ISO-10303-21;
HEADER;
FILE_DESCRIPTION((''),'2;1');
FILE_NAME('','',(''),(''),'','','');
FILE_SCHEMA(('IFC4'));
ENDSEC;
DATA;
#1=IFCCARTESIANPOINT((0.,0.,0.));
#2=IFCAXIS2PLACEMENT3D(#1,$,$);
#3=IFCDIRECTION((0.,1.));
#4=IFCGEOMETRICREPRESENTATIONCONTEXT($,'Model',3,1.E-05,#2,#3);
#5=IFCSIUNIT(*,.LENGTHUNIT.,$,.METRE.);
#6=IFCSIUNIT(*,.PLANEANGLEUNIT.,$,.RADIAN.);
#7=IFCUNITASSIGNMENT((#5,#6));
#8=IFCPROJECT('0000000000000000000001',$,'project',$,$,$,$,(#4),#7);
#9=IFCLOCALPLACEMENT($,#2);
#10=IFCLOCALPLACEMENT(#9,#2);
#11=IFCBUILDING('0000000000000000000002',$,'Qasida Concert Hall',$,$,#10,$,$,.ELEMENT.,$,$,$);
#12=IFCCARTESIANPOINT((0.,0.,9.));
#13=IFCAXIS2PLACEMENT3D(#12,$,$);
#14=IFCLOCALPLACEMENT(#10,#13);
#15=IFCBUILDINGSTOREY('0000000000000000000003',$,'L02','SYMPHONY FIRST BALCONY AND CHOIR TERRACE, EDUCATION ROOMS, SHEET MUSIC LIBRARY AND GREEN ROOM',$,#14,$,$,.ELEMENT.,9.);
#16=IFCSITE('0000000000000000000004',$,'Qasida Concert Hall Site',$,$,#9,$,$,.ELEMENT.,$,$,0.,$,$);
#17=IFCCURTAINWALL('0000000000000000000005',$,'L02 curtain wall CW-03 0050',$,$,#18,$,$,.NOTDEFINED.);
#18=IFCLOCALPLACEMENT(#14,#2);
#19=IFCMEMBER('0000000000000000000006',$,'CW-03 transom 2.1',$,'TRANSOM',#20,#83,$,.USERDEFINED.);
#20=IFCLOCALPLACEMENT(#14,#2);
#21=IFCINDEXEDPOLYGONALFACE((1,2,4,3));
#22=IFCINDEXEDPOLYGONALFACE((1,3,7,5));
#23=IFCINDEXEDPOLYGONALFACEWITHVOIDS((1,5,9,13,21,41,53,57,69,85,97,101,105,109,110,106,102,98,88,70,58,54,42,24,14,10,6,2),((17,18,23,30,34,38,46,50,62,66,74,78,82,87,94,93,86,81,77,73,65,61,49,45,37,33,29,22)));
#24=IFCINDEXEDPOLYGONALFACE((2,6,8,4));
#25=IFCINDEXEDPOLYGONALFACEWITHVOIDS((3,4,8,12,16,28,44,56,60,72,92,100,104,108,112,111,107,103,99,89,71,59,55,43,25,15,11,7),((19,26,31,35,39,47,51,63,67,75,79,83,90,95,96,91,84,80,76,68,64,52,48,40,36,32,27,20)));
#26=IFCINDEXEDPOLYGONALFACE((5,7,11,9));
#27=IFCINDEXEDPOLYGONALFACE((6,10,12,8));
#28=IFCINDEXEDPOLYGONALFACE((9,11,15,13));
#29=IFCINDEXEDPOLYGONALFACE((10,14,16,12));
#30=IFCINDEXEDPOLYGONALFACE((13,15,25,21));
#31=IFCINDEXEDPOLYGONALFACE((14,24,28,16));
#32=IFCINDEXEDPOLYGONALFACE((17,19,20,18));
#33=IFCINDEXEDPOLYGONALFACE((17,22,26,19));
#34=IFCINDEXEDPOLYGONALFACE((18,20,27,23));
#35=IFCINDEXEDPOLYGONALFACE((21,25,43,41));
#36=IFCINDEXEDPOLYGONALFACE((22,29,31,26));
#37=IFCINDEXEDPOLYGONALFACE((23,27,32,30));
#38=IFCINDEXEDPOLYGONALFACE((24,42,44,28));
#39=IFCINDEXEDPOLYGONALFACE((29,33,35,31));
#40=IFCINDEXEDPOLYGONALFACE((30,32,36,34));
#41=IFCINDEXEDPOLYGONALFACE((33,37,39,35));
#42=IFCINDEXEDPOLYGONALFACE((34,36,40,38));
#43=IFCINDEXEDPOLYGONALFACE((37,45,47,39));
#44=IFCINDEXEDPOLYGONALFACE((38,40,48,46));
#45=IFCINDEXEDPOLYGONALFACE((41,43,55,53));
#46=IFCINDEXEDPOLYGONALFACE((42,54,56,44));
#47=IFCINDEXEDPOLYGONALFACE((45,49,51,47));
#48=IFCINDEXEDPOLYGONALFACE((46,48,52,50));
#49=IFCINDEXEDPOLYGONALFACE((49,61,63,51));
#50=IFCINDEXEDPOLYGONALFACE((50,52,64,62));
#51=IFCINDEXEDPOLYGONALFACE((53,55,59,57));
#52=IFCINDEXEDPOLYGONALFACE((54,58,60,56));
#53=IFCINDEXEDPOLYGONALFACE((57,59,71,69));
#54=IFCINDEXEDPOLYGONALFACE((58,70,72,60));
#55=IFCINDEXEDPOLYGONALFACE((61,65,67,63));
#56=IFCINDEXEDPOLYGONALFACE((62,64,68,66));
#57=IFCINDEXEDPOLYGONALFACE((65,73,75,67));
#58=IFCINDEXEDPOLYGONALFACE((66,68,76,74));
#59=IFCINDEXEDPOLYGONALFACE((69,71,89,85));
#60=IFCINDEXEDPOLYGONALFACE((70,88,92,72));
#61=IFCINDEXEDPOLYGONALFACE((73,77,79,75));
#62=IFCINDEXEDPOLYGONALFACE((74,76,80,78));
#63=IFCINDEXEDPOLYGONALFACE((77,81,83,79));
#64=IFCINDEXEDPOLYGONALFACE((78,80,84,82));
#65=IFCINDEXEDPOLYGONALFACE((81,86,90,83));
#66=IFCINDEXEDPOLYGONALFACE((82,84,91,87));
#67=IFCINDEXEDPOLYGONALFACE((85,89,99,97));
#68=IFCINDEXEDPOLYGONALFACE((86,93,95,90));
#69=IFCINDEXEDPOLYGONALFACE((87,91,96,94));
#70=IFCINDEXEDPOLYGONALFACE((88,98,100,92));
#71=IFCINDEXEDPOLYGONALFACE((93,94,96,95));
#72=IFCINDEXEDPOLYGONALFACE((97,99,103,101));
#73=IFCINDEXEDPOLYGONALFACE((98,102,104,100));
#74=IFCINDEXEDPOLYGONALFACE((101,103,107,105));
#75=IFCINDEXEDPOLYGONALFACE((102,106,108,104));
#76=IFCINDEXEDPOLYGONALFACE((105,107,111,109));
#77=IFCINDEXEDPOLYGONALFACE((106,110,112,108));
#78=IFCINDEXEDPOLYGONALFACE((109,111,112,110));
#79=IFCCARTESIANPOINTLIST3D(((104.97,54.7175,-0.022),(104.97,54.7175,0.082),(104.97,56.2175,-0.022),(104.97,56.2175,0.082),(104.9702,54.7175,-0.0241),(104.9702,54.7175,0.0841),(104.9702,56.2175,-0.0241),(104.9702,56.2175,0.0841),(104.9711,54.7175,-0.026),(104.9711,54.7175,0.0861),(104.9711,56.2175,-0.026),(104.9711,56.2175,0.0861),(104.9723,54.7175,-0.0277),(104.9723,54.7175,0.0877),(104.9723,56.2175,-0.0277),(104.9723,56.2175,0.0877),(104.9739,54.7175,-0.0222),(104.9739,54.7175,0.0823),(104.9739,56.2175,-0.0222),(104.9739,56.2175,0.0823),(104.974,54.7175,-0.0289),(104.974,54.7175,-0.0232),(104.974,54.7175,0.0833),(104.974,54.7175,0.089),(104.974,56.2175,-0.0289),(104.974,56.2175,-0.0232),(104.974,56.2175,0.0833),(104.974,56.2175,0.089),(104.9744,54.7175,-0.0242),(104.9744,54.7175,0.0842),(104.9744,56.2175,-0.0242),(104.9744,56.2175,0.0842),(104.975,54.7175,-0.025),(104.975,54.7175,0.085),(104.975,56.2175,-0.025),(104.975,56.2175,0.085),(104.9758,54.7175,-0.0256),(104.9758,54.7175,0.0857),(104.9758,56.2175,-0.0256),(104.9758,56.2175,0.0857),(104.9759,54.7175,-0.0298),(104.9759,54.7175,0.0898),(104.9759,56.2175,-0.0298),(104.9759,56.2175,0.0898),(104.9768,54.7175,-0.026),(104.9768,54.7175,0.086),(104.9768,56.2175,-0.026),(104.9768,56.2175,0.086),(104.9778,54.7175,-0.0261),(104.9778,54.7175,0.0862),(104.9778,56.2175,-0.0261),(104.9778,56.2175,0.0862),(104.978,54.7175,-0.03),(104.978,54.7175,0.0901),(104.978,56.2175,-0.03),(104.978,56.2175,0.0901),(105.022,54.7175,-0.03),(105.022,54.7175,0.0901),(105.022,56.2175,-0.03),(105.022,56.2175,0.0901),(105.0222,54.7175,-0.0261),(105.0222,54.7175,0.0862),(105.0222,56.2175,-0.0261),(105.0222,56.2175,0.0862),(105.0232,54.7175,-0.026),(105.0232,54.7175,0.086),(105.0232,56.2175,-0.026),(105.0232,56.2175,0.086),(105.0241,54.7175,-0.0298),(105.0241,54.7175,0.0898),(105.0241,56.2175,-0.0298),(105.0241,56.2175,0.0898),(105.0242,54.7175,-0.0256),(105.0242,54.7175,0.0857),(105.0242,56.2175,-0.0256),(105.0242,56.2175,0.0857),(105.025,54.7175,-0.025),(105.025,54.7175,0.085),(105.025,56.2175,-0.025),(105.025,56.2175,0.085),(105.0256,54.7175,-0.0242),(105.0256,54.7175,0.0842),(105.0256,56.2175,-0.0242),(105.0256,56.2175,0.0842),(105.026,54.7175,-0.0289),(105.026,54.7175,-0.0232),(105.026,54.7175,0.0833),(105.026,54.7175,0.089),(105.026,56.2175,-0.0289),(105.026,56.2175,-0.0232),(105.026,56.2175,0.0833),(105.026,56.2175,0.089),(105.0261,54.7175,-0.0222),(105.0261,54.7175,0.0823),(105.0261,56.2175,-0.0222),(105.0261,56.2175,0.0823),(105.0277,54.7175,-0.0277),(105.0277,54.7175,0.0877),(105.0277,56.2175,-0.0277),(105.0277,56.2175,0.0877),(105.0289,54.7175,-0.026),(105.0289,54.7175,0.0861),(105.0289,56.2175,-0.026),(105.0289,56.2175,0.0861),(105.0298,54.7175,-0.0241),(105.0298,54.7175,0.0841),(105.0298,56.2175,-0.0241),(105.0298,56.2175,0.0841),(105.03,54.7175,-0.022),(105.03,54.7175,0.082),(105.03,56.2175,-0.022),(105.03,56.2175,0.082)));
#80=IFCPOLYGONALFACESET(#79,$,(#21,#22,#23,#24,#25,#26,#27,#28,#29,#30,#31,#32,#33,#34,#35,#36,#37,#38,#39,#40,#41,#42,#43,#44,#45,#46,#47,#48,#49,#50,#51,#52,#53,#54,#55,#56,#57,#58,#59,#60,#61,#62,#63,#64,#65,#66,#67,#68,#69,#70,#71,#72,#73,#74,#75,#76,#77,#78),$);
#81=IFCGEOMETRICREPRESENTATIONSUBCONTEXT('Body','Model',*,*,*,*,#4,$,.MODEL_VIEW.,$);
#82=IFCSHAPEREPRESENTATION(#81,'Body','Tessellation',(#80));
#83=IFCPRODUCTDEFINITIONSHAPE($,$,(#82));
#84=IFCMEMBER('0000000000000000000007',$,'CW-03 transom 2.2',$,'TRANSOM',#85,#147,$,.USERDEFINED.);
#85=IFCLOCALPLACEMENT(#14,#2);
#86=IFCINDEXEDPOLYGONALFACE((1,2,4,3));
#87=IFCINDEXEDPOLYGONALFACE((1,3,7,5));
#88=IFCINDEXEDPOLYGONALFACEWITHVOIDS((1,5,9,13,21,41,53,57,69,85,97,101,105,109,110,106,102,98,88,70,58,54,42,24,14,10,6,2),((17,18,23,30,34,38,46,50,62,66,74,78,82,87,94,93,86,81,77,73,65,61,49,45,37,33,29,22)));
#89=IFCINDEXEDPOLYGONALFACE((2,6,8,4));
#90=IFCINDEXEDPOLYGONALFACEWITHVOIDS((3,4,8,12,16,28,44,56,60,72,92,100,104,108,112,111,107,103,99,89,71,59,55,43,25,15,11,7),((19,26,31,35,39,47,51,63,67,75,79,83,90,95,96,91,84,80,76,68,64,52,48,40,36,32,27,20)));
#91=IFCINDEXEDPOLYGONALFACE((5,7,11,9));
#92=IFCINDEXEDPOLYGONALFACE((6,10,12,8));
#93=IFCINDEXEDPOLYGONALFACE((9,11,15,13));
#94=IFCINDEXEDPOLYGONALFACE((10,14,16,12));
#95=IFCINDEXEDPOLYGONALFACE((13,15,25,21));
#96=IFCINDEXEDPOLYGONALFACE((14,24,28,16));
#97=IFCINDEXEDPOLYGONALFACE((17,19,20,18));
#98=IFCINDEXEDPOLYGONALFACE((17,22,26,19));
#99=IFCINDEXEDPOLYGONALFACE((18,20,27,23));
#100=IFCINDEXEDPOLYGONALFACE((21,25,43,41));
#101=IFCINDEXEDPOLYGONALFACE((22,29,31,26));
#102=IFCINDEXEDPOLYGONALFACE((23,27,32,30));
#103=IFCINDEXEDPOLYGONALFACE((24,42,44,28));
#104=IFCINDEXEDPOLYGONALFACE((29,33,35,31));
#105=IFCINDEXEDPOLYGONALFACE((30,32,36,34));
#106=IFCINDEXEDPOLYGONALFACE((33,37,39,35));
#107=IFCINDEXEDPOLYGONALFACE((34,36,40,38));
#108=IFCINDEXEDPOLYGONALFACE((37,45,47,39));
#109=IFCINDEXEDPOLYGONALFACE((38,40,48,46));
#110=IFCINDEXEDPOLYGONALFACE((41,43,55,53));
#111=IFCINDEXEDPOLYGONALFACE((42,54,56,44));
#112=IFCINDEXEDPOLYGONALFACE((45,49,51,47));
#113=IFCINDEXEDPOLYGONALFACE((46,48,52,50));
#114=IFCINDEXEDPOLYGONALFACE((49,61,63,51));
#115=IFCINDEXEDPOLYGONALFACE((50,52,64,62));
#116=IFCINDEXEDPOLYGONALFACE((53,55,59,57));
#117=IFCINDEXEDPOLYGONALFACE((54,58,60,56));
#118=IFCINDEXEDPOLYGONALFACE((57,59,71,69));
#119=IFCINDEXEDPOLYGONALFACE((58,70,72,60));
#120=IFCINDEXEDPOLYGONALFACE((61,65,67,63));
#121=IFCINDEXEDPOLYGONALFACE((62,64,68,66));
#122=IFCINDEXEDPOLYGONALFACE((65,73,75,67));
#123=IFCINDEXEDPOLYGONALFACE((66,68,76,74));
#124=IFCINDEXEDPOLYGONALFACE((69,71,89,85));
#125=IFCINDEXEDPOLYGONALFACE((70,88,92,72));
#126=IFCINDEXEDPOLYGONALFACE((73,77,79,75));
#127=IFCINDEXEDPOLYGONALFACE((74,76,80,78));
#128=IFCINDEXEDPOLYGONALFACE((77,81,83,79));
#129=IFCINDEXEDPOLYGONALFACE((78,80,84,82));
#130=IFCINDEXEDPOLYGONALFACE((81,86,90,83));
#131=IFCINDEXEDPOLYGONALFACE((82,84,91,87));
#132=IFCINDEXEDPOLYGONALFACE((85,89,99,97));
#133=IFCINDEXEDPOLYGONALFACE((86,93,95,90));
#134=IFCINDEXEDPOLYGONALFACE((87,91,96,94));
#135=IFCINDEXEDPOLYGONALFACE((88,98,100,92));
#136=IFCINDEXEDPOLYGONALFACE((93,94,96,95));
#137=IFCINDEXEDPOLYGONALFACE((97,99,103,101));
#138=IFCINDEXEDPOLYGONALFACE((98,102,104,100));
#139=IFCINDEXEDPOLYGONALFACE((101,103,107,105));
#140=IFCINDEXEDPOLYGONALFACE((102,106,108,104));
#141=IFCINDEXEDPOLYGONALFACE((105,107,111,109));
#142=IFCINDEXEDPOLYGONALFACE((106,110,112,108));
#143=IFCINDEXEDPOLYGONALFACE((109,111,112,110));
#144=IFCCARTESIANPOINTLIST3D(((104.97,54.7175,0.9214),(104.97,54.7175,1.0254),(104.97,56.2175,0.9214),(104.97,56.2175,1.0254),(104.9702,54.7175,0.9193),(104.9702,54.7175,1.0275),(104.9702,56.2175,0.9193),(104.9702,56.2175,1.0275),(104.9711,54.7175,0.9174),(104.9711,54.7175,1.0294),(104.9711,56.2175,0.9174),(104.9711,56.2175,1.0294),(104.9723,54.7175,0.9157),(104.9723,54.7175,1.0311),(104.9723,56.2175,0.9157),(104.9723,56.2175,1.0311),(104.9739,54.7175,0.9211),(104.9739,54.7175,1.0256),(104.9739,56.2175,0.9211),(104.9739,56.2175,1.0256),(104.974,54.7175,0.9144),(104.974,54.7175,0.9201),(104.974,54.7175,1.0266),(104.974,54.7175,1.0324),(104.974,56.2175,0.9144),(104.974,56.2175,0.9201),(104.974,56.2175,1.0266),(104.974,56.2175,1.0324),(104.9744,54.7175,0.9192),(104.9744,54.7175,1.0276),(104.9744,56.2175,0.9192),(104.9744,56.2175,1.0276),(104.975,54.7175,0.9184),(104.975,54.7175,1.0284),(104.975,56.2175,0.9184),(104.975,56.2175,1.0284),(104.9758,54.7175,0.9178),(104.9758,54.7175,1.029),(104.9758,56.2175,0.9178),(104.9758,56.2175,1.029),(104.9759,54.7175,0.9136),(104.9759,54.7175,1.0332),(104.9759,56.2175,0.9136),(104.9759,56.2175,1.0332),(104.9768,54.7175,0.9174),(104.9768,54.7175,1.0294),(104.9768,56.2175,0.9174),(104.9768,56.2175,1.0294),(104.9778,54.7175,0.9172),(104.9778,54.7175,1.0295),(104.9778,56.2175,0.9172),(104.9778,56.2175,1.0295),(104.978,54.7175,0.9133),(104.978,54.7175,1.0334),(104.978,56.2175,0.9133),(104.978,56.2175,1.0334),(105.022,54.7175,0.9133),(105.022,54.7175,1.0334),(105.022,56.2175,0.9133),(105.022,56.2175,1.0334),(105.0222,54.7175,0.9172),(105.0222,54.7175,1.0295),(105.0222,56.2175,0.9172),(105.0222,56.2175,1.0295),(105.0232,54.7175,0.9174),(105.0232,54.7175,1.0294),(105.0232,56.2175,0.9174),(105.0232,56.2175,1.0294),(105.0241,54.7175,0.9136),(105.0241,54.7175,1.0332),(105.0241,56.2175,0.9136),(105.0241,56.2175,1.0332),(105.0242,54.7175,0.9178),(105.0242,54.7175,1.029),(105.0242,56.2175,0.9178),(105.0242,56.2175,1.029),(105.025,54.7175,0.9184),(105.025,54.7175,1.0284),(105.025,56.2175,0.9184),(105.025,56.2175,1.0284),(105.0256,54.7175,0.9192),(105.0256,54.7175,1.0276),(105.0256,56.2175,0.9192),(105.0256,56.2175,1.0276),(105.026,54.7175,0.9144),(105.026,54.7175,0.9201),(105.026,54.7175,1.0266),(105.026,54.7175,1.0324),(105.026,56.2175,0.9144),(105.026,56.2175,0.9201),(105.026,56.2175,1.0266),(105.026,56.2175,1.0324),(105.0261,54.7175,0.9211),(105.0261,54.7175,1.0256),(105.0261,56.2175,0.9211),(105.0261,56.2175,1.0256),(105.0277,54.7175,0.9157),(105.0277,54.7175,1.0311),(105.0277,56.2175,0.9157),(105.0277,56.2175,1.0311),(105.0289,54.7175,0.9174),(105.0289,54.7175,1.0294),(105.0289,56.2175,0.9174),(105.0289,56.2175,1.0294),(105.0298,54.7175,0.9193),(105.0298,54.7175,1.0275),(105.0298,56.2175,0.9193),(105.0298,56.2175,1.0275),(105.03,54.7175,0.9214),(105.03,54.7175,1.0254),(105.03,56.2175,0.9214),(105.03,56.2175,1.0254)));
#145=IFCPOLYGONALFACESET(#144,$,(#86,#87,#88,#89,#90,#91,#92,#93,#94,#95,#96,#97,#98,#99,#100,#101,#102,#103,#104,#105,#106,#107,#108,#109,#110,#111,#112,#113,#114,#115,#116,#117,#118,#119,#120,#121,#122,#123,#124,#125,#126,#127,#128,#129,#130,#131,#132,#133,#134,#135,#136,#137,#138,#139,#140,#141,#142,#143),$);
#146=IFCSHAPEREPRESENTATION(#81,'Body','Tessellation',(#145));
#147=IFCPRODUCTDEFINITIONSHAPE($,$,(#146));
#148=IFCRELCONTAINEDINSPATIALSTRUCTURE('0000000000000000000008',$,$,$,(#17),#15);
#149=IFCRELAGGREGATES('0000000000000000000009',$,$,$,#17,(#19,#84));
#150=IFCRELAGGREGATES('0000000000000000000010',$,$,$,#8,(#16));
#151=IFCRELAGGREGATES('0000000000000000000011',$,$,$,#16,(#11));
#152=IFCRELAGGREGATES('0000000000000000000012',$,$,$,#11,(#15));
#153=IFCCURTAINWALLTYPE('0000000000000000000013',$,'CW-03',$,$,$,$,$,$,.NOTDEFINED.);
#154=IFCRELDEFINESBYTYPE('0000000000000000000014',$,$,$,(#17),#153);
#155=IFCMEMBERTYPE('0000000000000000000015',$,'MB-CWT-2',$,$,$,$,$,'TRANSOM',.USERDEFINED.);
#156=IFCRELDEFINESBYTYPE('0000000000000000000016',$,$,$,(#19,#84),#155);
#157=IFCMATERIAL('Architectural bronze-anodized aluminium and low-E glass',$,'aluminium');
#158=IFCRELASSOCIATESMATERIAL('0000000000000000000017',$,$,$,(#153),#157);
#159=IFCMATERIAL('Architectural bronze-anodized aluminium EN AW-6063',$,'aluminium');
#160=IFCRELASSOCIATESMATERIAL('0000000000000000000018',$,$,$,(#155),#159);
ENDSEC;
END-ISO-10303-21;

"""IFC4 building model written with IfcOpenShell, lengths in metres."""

from ifc_helpers import new_model, si_unit, direction, frame, origin, origin_2d, place, context, subcontext, project, spatial, hollow_rectangle, extrude, material, material_profile, profile_set, type_object, element, aggregate, save


model = new_model("IFC4")

# Units and contexts
model_context = context("Model", 3, precision=1e-05, world=origin(), true_north=direction((0.0, 1.0)))
body_context = subcontext(model_context, "Body", "Model", "MODEL_VIEW")
ifc_project = project(units=[si_unit("LENGTHUNIT", "METRE"), si_unit("PLANEANGLEUNIT", "RADIAN")], contexts=[model_context])

# Site, building, storey
site_placement = place(None, origin())
site = spatial("IfcSite", under=ifc_project, at=site_placement, Name="Qasida Concert Hall Site", CompositionType="ELEMENT", RefElevation=0.0)
building_placement = place(site_placement, origin())
building = spatial("IfcBuilding", under=site, at=building_placement, Name="Qasida Concert Hall", CompositionType="ELEMENT")
storey_placement = place(building_placement, frame((0.0, 0.0, 9.0)))
storey = spatial("IfcBuildingStorey", under=building, at=storey_placement, Name="L02", Description="SYMPHONY FIRST BALCONY AND CHOIR TERRACE, EDUCATION ROOMS, SHEET MUSIC LIBRARY AND GREEN ROOM", CompositionType="ELEMENT", Elevation=9.0)

# Curtain wall, members
ifc_material_1 = material(Name="Architectural bronze-anodized aluminium and low-E glass", Category="aluminium")
curtain_wall_type = type_object("IfcCurtainWallType", Name="CW-03", PredefinedType="NOTDEFINED", material=ifc_material_1)
curtain_wall_placement = place(storey_placement, origin())
curtain_wall = element("IfcCurtainWall", 1, at=curtain_wall_placement, inside=storey, type_object=curtain_wall_type, Name="L02 curtain wall CW-03 0050", PredefinedType="NOTDEFINED")
ifc_material_2 = material(Name="Architectural bronze-anodized aluminium EN AW-6063", Category="aluminium")
ifc_material_profile_1 = material_profile(ifc_material_2, hollow_rectangle(XDim=0.0601, YDim=0.1201, WallThickness=0.0039, InnerFilletRadius=0.0039, OuterFilletRadius=0.0081, at=origin_2d()), Name="CWT 120x60x4")
ifc_profile_set_1 = profile_set([ifc_material_profile_1], Name="Architectural bronze-anodized aluminium EN AW-6063")
member_type_1 = type_object("IfcMemberType", Name="MB-CWT-2", ElementType="TRANSOM", PredefinedType="USERDEFINED", material=ifc_profile_set_1)
member_1_placement = place(storey_placement, frame((105.0, 54.7175, 0.03), z_axis=(0.0, 1.0, 0.0), x_axis=(-1.0, 0.0, 0.0)))
member_1 = element("IfcMember", 2, at=member_1_placement, type_object=member_type_1, Name="CW-03 transom 2.1", ObjectType="TRANSOM", PredefinedType="USERDEFINED", context=body_context, shape_type="SweptSolid", body=[
    extrude(hollow_rectangle(XDim=0.0601, YDim=0.1201, WallThickness=0.0039, InnerFilletRadius=0.0039, OuterFilletRadius=0.0081, at=origin_2d()), origin(), (0.0, 0.0, 1.0), 1.5),
])
member_2_placement = place(storey_placement, frame((105.0, 54.7175, 0.9734), z_axis=(0.0, 1.0, 0.0), x_axis=(-1.0, 0.0, 0.0)))
member_2 = element("IfcMember", 3, at=member_2_placement, type_object=member_type_1, Name="CW-03 transom 2.2", ObjectType="TRANSOM", PredefinedType="USERDEFINED", context=body_context, shape_type="SweptSolid", body=[
    extrude(hollow_rectangle(XDim=0.0601, YDim=0.1201, WallThickness=0.0039, InnerFilletRadius=0.0039, OuterFilletRadius=0.0081, at=origin_2d()), origin(), (0.0, 0.0, 1.0), 1.5),
])
aggregate(curtain_wall, [member_1, member_2])

save(model, "model.ifc")
